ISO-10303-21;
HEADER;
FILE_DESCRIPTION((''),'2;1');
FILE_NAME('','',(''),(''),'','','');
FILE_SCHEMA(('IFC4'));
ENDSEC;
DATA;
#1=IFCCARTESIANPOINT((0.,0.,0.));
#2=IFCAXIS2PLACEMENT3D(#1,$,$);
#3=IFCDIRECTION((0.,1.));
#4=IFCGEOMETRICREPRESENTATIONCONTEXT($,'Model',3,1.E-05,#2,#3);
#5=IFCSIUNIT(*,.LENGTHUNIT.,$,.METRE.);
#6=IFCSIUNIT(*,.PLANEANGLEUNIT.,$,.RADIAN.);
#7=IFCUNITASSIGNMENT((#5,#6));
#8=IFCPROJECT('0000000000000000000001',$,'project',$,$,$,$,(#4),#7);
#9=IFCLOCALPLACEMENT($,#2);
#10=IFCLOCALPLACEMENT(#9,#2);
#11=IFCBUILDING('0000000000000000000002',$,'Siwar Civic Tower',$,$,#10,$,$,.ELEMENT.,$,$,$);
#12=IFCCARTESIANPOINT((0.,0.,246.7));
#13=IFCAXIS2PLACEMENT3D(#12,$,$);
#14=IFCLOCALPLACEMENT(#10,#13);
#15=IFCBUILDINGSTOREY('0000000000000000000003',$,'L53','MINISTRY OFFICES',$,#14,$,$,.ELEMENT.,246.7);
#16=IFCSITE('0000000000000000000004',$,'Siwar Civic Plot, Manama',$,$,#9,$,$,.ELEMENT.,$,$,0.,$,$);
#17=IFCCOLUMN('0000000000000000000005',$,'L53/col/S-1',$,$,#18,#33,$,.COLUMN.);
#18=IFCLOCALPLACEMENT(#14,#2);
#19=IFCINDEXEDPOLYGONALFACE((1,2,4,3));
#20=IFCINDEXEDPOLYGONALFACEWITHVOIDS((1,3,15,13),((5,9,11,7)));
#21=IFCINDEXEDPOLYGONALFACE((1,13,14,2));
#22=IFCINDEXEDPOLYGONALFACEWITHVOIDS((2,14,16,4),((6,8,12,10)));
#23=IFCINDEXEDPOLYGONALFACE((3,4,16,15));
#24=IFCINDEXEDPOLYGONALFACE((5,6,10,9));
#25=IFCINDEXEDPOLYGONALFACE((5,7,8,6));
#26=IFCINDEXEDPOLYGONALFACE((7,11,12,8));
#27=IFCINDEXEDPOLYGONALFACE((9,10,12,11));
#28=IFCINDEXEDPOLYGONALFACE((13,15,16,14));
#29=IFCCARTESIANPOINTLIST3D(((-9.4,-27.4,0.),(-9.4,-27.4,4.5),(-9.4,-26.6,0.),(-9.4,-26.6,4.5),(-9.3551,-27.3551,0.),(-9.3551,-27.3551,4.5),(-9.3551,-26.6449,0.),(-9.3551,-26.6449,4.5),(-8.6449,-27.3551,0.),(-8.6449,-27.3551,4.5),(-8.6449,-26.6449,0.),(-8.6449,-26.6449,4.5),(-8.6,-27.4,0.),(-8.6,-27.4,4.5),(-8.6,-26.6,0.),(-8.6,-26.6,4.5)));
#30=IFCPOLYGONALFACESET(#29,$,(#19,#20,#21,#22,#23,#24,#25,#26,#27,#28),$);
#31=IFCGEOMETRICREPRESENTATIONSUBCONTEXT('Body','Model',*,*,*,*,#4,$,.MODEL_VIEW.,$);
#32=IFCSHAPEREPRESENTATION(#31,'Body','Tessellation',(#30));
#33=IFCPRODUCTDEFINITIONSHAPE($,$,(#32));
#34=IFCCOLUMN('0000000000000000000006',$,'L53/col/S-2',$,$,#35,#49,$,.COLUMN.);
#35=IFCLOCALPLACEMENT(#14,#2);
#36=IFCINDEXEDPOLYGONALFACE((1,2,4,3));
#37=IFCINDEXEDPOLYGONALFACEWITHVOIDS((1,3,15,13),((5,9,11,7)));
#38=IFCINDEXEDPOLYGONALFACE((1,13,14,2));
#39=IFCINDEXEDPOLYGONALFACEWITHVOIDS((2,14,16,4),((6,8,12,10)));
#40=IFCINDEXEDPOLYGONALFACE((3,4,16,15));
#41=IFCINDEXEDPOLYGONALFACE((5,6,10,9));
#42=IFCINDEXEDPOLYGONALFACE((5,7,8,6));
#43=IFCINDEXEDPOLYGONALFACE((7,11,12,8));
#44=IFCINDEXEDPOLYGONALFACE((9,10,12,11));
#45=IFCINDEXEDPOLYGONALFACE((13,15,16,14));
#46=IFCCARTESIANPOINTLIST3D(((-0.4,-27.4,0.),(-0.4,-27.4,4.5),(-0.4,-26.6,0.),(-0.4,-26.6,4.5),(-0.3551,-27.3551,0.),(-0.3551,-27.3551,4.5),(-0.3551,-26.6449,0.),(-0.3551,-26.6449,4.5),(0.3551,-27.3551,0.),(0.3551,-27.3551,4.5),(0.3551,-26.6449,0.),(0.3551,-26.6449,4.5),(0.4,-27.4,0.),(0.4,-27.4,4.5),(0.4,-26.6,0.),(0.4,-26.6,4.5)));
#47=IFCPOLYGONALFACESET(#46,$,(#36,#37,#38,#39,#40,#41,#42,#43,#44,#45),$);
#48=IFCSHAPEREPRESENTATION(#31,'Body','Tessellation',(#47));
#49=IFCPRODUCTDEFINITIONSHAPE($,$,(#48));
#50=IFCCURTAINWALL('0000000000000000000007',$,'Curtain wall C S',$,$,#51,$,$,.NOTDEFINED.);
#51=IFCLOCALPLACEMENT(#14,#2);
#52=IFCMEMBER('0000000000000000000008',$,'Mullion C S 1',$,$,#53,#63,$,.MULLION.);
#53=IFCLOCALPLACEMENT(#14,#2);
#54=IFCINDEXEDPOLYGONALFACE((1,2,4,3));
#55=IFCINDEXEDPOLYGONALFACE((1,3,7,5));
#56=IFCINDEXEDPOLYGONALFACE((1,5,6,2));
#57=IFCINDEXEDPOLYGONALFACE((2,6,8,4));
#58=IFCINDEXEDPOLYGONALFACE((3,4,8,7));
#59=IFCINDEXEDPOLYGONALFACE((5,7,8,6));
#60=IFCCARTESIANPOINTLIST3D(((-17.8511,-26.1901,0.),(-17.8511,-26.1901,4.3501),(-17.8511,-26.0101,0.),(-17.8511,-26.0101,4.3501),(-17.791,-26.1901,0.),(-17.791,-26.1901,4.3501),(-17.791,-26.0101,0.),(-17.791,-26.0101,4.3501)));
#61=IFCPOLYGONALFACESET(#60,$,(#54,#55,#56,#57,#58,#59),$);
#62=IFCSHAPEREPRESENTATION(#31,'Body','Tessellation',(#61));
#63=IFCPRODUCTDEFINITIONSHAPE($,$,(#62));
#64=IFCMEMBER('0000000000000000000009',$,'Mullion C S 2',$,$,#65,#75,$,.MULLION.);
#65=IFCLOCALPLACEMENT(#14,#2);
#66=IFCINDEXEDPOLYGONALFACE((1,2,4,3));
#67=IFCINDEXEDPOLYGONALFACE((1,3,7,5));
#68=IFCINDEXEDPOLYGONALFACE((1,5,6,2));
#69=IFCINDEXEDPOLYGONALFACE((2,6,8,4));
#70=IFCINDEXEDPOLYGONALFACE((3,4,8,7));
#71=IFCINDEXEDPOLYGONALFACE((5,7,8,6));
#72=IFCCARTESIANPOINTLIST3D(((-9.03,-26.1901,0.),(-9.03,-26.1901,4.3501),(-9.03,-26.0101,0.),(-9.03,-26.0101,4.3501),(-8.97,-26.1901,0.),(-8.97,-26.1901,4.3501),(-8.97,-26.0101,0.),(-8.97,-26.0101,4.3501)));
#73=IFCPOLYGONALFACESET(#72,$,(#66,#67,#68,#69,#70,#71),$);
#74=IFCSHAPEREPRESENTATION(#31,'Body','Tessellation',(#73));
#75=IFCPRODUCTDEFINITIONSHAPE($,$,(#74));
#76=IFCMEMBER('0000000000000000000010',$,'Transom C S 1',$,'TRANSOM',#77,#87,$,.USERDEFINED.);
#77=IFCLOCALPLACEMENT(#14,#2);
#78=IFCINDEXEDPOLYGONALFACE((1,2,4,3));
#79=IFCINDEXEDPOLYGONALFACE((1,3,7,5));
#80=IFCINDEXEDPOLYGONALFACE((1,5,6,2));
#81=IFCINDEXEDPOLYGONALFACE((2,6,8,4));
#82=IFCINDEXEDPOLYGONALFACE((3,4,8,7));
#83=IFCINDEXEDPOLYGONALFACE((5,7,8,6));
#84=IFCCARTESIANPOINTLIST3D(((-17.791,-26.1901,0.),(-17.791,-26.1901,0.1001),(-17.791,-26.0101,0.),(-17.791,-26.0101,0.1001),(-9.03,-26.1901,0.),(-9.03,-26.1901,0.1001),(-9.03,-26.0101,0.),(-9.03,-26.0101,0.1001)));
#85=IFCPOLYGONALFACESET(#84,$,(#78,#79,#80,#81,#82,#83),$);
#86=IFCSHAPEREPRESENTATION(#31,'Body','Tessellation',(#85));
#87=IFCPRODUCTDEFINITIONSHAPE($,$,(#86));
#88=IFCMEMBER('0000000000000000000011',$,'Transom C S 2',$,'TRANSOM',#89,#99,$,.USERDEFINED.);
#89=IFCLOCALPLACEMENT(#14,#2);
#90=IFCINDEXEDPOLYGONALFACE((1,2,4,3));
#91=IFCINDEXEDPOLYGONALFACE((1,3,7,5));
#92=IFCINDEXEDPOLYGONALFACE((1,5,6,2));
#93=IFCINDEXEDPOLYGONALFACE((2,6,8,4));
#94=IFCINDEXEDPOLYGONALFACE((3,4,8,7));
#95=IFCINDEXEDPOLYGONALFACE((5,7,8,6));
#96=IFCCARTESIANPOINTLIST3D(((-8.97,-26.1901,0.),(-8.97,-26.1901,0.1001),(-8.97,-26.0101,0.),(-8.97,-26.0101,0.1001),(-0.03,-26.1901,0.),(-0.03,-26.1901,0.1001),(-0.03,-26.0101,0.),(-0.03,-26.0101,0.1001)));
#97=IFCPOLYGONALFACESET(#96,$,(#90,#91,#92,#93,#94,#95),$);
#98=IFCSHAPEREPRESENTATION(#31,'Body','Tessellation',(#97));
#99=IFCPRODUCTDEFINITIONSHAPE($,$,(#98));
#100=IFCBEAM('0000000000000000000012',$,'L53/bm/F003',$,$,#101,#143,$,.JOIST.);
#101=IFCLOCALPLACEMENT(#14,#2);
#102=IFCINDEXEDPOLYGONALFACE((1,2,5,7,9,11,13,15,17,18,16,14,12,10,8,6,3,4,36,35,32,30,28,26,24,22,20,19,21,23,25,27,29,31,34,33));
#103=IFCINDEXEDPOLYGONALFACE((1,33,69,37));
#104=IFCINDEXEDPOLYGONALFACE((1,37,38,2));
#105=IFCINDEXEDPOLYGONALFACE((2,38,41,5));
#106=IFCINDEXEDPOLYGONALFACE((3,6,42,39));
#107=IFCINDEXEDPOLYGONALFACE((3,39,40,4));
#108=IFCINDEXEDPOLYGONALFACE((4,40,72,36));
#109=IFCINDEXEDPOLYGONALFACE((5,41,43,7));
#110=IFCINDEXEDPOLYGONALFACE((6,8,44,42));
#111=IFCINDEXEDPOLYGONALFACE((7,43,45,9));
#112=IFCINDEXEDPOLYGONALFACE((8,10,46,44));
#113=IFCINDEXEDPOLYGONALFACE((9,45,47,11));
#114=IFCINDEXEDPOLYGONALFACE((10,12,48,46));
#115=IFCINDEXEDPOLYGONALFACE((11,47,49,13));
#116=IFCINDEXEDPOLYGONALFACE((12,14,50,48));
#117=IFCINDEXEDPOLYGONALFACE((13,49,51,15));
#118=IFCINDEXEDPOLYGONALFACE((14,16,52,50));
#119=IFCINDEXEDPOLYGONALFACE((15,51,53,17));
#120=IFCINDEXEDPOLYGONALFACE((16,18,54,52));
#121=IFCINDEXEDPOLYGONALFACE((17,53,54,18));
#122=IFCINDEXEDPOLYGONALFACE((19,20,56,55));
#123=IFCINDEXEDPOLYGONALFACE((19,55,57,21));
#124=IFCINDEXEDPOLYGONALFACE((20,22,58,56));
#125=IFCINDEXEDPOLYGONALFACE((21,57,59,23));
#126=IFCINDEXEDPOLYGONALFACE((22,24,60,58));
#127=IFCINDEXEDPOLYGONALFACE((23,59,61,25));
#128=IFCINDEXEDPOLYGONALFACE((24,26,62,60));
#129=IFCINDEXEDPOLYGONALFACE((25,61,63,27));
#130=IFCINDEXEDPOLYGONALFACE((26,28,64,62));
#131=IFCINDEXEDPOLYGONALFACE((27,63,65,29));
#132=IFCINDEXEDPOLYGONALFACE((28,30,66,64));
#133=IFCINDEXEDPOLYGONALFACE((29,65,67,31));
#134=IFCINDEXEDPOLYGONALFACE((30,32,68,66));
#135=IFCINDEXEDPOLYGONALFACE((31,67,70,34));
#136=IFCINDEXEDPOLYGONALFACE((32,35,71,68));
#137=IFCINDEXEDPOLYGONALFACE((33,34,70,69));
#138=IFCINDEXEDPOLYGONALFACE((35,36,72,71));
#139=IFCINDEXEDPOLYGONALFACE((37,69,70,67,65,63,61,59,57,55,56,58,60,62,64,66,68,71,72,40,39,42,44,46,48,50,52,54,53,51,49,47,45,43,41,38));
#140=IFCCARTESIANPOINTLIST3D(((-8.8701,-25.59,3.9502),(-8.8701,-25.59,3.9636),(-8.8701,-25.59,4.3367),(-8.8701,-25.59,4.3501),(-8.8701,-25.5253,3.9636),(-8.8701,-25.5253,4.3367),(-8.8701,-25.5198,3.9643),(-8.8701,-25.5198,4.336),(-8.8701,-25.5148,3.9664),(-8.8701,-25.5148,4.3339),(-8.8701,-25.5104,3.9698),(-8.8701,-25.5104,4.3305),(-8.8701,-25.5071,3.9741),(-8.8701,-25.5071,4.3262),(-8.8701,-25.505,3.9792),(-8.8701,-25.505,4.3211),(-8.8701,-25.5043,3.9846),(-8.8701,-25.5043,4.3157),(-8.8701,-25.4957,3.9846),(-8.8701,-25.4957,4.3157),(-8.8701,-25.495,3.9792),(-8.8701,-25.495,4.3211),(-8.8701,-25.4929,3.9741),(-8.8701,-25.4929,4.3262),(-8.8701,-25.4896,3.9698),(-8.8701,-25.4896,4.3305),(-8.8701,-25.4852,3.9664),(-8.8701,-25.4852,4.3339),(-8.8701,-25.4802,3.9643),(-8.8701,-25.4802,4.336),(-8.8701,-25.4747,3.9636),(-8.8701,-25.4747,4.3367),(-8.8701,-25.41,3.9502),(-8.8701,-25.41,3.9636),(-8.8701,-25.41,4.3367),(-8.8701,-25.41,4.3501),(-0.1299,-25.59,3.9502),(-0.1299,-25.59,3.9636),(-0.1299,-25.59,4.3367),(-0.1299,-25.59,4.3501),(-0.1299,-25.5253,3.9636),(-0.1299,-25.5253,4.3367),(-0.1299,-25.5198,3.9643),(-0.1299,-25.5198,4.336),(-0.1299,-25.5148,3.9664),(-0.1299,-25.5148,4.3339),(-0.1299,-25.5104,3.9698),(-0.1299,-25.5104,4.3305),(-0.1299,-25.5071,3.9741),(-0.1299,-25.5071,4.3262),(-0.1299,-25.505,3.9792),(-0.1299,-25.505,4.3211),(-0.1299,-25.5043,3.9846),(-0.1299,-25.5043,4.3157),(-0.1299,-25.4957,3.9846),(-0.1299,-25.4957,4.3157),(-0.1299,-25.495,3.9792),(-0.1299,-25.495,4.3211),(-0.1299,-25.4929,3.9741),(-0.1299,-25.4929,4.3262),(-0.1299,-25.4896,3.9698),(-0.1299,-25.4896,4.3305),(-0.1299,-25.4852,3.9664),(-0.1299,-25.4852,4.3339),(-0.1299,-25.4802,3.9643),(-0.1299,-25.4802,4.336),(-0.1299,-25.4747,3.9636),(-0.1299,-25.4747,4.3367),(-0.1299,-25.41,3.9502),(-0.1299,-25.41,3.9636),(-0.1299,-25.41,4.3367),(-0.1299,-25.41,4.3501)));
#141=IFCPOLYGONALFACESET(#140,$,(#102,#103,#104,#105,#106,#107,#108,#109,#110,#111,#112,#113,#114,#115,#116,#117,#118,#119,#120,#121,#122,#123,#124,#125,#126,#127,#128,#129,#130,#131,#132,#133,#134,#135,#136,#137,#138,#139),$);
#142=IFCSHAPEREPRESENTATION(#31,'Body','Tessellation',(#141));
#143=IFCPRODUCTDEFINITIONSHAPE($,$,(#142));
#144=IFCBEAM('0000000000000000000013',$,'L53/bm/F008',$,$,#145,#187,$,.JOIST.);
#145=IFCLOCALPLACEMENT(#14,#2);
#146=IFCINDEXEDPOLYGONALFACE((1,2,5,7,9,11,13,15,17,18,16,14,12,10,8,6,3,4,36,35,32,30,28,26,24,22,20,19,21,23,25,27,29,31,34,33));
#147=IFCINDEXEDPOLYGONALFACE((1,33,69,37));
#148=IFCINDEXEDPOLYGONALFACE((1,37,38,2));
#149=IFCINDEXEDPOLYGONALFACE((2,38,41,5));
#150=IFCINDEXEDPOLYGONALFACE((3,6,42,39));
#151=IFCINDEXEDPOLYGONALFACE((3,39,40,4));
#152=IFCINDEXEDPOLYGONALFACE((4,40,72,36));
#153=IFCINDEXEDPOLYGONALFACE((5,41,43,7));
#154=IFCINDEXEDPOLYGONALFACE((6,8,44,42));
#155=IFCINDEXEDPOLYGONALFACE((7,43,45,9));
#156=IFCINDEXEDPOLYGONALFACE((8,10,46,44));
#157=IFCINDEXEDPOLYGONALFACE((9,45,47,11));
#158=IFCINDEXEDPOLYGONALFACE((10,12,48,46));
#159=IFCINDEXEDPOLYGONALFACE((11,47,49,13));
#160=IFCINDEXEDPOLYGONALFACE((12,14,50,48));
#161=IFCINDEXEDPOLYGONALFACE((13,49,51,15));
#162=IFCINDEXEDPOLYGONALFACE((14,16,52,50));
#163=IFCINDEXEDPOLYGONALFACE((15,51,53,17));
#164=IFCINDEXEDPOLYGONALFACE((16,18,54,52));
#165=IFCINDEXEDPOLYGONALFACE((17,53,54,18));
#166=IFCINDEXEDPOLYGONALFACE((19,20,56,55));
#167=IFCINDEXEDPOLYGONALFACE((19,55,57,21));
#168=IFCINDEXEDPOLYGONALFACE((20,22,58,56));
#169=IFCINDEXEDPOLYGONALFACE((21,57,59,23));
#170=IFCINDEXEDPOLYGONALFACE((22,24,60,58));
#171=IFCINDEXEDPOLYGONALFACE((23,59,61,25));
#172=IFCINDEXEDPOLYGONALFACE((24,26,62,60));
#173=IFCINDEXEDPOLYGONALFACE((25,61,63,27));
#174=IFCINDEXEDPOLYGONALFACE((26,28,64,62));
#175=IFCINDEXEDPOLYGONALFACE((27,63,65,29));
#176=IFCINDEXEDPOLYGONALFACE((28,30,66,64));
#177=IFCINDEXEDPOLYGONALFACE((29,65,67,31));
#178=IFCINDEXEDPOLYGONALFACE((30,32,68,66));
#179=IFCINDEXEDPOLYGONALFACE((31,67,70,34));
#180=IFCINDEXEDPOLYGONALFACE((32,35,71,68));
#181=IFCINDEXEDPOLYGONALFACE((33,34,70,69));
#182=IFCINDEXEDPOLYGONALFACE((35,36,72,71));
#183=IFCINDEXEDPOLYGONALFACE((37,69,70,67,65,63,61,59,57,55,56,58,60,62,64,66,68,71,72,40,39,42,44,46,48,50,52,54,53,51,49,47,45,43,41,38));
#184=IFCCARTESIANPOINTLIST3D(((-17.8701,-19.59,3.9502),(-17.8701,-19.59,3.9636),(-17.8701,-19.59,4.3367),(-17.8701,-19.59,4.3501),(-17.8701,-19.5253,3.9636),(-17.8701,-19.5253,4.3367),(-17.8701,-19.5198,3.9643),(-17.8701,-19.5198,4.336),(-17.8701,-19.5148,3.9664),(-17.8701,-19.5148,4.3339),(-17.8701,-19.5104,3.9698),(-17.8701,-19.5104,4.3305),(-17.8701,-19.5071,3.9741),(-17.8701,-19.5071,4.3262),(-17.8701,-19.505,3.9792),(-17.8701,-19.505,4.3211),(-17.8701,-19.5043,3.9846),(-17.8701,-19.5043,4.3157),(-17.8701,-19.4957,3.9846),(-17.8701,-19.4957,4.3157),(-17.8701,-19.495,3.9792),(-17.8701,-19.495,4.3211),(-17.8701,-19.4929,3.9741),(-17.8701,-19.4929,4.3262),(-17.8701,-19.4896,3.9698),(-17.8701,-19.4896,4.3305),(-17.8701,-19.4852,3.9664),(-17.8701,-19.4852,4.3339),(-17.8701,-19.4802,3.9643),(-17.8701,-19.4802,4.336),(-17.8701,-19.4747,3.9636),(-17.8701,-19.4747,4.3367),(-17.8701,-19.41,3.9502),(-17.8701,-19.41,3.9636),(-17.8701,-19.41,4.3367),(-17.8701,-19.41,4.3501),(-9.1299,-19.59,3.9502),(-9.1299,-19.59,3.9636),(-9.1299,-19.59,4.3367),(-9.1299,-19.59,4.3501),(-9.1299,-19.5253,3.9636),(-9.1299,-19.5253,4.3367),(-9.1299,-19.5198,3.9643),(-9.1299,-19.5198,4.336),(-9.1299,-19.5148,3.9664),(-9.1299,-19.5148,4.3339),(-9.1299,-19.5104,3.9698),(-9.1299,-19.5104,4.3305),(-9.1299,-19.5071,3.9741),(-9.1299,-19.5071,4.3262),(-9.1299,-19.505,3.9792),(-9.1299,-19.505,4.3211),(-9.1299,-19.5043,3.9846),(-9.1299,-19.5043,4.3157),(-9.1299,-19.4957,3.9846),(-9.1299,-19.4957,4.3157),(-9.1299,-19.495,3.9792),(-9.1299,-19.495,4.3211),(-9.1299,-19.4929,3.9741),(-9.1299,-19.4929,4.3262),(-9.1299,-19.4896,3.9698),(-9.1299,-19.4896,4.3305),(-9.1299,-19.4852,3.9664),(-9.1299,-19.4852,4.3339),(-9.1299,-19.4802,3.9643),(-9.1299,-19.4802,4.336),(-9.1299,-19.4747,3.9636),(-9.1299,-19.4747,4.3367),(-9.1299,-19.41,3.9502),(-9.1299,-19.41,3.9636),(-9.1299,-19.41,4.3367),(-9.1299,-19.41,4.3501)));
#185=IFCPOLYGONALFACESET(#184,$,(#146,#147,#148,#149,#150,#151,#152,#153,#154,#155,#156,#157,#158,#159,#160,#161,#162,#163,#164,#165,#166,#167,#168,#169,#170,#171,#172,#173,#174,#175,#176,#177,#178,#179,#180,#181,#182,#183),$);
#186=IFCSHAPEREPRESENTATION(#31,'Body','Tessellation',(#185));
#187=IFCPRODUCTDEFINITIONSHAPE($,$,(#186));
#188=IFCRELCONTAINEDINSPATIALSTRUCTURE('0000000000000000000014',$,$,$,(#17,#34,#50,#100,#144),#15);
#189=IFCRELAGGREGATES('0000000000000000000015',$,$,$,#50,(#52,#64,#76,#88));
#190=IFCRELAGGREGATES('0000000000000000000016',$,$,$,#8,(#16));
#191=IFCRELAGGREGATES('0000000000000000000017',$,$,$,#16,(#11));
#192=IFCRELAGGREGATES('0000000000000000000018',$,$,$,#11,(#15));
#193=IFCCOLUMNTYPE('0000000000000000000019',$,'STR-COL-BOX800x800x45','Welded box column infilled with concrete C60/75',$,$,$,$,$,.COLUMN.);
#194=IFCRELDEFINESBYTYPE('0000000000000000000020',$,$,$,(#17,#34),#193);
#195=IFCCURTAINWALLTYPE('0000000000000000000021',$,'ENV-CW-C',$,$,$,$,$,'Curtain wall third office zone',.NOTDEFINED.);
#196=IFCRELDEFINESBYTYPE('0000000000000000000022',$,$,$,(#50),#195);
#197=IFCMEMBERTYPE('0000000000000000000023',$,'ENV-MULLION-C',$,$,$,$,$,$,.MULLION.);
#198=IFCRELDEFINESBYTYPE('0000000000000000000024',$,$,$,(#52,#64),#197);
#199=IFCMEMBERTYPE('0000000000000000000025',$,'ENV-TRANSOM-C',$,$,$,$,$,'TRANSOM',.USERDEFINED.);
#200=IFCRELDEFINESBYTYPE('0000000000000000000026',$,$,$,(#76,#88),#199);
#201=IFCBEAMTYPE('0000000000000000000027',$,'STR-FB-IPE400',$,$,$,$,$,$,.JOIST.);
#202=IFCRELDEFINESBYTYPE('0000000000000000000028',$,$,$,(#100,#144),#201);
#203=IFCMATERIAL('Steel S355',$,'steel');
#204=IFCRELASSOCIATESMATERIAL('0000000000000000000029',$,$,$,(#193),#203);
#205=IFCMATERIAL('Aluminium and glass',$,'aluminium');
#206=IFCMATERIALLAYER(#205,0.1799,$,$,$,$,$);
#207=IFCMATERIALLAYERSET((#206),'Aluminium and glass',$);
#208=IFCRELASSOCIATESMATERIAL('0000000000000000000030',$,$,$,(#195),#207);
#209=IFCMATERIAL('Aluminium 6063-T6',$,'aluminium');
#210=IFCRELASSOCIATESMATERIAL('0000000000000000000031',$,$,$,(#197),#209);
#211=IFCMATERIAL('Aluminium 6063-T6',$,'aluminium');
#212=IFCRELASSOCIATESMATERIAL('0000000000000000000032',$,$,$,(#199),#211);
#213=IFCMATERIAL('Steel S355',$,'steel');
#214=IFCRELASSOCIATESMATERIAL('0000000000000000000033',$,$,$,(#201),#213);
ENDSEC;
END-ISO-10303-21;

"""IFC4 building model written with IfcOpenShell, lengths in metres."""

from ifc_helpers import new_model, si_unit, direction, frame, origin, origin_2d, place, context, subcontext, project, spatial, rectangle, hollow_rectangle, i_section, extrude, material, layer, layer_set, material_profile, profile_set, type_object, element, aggregate, save


model = new_model("IFC4")

# Units and contexts
model_context = context("Model", 3, precision=1e-05, world=origin(), true_north=direction((0.0, 1.0)))
body_context = subcontext(model_context, "Body", "Model", "MODEL_VIEW")
ifc_project = project(units=[si_unit("LENGTHUNIT", "METRE"), si_unit("PLANEANGLEUNIT", "RADIAN")], contexts=[model_context])

# Site, building, storey
site_placement = place(None, origin())
site = spatial("IfcSite", under=ifc_project, at=site_placement, Name="Siwar Civic Plot, Manama", CompositionType="ELEMENT", RefElevation=0.0)
building_placement = place(site_placement, origin())
building = spatial("IfcBuilding", under=site, at=building_placement, Name="Siwar Civic Tower", CompositionType="ELEMENT")
storey_placement = place(building_placement, frame((0.0, 0.0, 246.7)))
storey = spatial("IfcBuildingStorey", under=building, at=storey_placement, Name="L53", Description="MINISTRY OFFICES", CompositionType="ELEMENT", Elevation=246.7)

# Columns
ifc_material_1 = material(Name="Steel S355", Category="steel")
ifc_material_profile_1 = material_profile(ifc_material_1, hollow_rectangle(XDim=0.8, YDim=0.8, WallThickness=0.0449, at=origin_2d()), Name="BOX800x800x45")
ifc_profile_set_1 = profile_set([ifc_material_profile_1], Name="Steel S355")
column_type = type_object("IfcColumnType", Name="STR-COL-BOX800x800x45", Description="Welded box column infilled with concrete C60/75", PredefinedType="COLUMN", material=ifc_profile_set_1)
for number, where, z_axis, x_axis, name in (
    (1, (-9.0, -27.0, 0.0), (0.0, 0.0, 1.0), (1.0, 0.0, 0.0), "L53/col/S-1"),
    (2, (0.0, -27.0, 0.0), (0.0, 0.0, 1.0), (1.0, 0.0, 0.0), "L53/col/S-2"),
):
    element("IfcColumn", number, at=place(storey_placement, frame(where, z_axis=z_axis, x_axis=x_axis)), inside=storey, type_object=column_type, Name=name, PredefinedType="COLUMN", context=body_context, shape_type="SweptSolid", body=[
        extrude(hollow_rectangle(XDim=0.8, YDim=0.8, WallThickness=0.0449, at=origin_2d()), origin(), (0.0, 0.0, 1.0), 4.5),
    ])

# Curtain wall, members
ifc_material_2 = material(Name="Aluminium and glass", Category="aluminium")
ifc_layer_1 = layer(ifc_material_2, 0.1799)
ifc_layer_set_1 = layer_set([ifc_layer_1], Name="Aluminium and glass")
curtain_wall_type = type_object("IfcCurtainWallType", Name="ENV-CW-C", ElementType="Curtain wall third office zone", PredefinedType="NOTDEFINED", material=ifc_layer_set_1)
curtain_wall_placement = place(storey_placement, origin())
curtain_wall = element("IfcCurtainWall", 3, at=curtain_wall_placement, inside=storey, type_object=curtain_wall_type, Name="Curtain wall C S", PredefinedType="NOTDEFINED")
ifc_material_3 = material(Name="Aluminium 6063-T6", Category="aluminium")
ifc_material_profile_2 = material_profile(ifc_material_3, rectangle(XDim=0.1799, YDim=0.0601, at=origin_2d()), Name="AL 180x60")
ifc_profile_set_2 = profile_set([ifc_material_profile_2], Name="Aluminium 6063-T6")
member_type_1 = type_object("IfcMemberType", Name="ENV-MULLION-C", PredefinedType="MULLION", material=ifc_profile_set_2)
member_1_placement = place(storey_placement, frame((-17.821, -26.1001, 0.0), z_axis=(0.0, 0.0, 1.0), x_axis=(0.0, 1.0, 0.0)))
member_1 = element("IfcMember", 4, at=member_1_placement, type_object=member_type_1, Name="Mullion C S 1", PredefinedType="MULLION", context=body_context, shape_type="SweptSolid", body=[
    extrude(rectangle(XDim=0.1799, YDim=0.0601, at=origin_2d()), origin(), (0.0, 0.0, 1.0), 4.3501),
])
member_2_placement = place(storey_placement, frame((-9.0, -26.1001, 0.0), z_axis=(0.0, 0.0, 1.0), x_axis=(0.0, 1.0, 0.0)))
member_2 = element("IfcMember", 5, at=member_2_placement, type_object=member_type_1, Name="Mullion C S 2", PredefinedType="MULLION", context=body_context, shape_type="SweptSolid", body=[
    extrude(rectangle(XDim=0.1799, YDim=0.0601, at=origin_2d()), origin(), (0.0, 0.0, 1.0), 4.3501),
])
ifc_material_4 = material(Name="Aluminium 6063-T6", Category="aluminium")
ifc_material_profile_3 = material_profile(ifc_material_4, rectangle(XDim=0.1799, YDim=0.1001, at=origin_2d()), Name="AL 180x100")
ifc_profile_set_3 = profile_set([ifc_material_profile_3], Name="Aluminium 6063-T6")
member_type_2 = type_object("IfcMemberType", Name="ENV-TRANSOM-C", ElementType="TRANSOM", PredefinedType="USERDEFINED", material=ifc_profile_set_3)
member_3_placement = place(storey_placement, frame((-17.791, -26.1001, 0.05), z_axis=(1.0, 0.0, 0.0), x_axis=(0.0, 1.0, 0.0)))
member_3 = element("IfcMember", 6, at=member_3_placement, type_object=member_type_2, Name="Transom C S 1", ObjectType="TRANSOM", PredefinedType="USERDEFINED", context=body_context, shape_type="SweptSolid", body=[
    extrude(rectangle(XDim=0.1799, YDim=0.1001, at=origin_2d()), origin(), (0.0, 0.0, 1.0), 8.761),
])
member_4_placement = place(storey_placement, frame((-8.97, -26.1001, 0.05), z_axis=(1.0, 0.0, 0.0), x_axis=(0.0, 1.0, 0.0)))
member_4 = element("IfcMember", 7, at=member_4_placement, type_object=member_type_2, Name="Transom C S 2", ObjectType="TRANSOM", PredefinedType="USERDEFINED", context=body_context, shape_type="SweptSolid", body=[
    extrude(rectangle(XDim=0.1799, YDim=0.1001, at=origin_2d()), origin(), (0.0, 0.0, 1.0), 8.9399),
])

# Beams
ifc_material_5 = material(Name="Steel S355", Category="steel")
ifc_material_profile_4 = material_profile(ifc_material_5, i_section(OverallWidth=0.1799, OverallDepth=0.3999, WebThickness=0.0085, FlangeThickness=0.0134, FilletRadius=0.021, at=origin_2d()), Name="IPE400")
ifc_profile_set_4 = profile_set([ifc_material_profile_4], Name="Steel S355")
beam_type_1 = type_object("IfcBeamType", Name="STR-FB-IPE400", PredefinedType="JOIST", material=ifc_profile_set_4)
for number, where, z_axis, x_axis, name in (
    (8, (-8.8701, -25.5, 4.1501), (1.0, 0.0, 0.0), (0.0, 1.0, 0.0), "L53/bm/F003"),
    (9, (-17.8701, -19.5, 4.1501), (1.0, 0.0, 0.0), (0.0, 1.0, 0.0), "L53/bm/F008"),
):
    element("IfcBeam", number, at=place(storey_placement, frame(where, z_axis=z_axis, x_axis=x_axis)), inside=storey, type_object=beam_type_1, Name=name, PredefinedType="JOIST", context=body_context, shape_type="SweptSolid", body=[
        extrude(i_section(OverallWidth=0.1799, OverallDepth=0.3999, WebThickness=0.0085, FlangeThickness=0.0134, FilletRadius=0.021, at=origin_2d()), origin(), (0.0, 0.0, 1.0), 8.7402),
    ])

aggregate(curtain_wall, [member_1, member_2, member_3, member_4])

save(model, "model.ifc")
